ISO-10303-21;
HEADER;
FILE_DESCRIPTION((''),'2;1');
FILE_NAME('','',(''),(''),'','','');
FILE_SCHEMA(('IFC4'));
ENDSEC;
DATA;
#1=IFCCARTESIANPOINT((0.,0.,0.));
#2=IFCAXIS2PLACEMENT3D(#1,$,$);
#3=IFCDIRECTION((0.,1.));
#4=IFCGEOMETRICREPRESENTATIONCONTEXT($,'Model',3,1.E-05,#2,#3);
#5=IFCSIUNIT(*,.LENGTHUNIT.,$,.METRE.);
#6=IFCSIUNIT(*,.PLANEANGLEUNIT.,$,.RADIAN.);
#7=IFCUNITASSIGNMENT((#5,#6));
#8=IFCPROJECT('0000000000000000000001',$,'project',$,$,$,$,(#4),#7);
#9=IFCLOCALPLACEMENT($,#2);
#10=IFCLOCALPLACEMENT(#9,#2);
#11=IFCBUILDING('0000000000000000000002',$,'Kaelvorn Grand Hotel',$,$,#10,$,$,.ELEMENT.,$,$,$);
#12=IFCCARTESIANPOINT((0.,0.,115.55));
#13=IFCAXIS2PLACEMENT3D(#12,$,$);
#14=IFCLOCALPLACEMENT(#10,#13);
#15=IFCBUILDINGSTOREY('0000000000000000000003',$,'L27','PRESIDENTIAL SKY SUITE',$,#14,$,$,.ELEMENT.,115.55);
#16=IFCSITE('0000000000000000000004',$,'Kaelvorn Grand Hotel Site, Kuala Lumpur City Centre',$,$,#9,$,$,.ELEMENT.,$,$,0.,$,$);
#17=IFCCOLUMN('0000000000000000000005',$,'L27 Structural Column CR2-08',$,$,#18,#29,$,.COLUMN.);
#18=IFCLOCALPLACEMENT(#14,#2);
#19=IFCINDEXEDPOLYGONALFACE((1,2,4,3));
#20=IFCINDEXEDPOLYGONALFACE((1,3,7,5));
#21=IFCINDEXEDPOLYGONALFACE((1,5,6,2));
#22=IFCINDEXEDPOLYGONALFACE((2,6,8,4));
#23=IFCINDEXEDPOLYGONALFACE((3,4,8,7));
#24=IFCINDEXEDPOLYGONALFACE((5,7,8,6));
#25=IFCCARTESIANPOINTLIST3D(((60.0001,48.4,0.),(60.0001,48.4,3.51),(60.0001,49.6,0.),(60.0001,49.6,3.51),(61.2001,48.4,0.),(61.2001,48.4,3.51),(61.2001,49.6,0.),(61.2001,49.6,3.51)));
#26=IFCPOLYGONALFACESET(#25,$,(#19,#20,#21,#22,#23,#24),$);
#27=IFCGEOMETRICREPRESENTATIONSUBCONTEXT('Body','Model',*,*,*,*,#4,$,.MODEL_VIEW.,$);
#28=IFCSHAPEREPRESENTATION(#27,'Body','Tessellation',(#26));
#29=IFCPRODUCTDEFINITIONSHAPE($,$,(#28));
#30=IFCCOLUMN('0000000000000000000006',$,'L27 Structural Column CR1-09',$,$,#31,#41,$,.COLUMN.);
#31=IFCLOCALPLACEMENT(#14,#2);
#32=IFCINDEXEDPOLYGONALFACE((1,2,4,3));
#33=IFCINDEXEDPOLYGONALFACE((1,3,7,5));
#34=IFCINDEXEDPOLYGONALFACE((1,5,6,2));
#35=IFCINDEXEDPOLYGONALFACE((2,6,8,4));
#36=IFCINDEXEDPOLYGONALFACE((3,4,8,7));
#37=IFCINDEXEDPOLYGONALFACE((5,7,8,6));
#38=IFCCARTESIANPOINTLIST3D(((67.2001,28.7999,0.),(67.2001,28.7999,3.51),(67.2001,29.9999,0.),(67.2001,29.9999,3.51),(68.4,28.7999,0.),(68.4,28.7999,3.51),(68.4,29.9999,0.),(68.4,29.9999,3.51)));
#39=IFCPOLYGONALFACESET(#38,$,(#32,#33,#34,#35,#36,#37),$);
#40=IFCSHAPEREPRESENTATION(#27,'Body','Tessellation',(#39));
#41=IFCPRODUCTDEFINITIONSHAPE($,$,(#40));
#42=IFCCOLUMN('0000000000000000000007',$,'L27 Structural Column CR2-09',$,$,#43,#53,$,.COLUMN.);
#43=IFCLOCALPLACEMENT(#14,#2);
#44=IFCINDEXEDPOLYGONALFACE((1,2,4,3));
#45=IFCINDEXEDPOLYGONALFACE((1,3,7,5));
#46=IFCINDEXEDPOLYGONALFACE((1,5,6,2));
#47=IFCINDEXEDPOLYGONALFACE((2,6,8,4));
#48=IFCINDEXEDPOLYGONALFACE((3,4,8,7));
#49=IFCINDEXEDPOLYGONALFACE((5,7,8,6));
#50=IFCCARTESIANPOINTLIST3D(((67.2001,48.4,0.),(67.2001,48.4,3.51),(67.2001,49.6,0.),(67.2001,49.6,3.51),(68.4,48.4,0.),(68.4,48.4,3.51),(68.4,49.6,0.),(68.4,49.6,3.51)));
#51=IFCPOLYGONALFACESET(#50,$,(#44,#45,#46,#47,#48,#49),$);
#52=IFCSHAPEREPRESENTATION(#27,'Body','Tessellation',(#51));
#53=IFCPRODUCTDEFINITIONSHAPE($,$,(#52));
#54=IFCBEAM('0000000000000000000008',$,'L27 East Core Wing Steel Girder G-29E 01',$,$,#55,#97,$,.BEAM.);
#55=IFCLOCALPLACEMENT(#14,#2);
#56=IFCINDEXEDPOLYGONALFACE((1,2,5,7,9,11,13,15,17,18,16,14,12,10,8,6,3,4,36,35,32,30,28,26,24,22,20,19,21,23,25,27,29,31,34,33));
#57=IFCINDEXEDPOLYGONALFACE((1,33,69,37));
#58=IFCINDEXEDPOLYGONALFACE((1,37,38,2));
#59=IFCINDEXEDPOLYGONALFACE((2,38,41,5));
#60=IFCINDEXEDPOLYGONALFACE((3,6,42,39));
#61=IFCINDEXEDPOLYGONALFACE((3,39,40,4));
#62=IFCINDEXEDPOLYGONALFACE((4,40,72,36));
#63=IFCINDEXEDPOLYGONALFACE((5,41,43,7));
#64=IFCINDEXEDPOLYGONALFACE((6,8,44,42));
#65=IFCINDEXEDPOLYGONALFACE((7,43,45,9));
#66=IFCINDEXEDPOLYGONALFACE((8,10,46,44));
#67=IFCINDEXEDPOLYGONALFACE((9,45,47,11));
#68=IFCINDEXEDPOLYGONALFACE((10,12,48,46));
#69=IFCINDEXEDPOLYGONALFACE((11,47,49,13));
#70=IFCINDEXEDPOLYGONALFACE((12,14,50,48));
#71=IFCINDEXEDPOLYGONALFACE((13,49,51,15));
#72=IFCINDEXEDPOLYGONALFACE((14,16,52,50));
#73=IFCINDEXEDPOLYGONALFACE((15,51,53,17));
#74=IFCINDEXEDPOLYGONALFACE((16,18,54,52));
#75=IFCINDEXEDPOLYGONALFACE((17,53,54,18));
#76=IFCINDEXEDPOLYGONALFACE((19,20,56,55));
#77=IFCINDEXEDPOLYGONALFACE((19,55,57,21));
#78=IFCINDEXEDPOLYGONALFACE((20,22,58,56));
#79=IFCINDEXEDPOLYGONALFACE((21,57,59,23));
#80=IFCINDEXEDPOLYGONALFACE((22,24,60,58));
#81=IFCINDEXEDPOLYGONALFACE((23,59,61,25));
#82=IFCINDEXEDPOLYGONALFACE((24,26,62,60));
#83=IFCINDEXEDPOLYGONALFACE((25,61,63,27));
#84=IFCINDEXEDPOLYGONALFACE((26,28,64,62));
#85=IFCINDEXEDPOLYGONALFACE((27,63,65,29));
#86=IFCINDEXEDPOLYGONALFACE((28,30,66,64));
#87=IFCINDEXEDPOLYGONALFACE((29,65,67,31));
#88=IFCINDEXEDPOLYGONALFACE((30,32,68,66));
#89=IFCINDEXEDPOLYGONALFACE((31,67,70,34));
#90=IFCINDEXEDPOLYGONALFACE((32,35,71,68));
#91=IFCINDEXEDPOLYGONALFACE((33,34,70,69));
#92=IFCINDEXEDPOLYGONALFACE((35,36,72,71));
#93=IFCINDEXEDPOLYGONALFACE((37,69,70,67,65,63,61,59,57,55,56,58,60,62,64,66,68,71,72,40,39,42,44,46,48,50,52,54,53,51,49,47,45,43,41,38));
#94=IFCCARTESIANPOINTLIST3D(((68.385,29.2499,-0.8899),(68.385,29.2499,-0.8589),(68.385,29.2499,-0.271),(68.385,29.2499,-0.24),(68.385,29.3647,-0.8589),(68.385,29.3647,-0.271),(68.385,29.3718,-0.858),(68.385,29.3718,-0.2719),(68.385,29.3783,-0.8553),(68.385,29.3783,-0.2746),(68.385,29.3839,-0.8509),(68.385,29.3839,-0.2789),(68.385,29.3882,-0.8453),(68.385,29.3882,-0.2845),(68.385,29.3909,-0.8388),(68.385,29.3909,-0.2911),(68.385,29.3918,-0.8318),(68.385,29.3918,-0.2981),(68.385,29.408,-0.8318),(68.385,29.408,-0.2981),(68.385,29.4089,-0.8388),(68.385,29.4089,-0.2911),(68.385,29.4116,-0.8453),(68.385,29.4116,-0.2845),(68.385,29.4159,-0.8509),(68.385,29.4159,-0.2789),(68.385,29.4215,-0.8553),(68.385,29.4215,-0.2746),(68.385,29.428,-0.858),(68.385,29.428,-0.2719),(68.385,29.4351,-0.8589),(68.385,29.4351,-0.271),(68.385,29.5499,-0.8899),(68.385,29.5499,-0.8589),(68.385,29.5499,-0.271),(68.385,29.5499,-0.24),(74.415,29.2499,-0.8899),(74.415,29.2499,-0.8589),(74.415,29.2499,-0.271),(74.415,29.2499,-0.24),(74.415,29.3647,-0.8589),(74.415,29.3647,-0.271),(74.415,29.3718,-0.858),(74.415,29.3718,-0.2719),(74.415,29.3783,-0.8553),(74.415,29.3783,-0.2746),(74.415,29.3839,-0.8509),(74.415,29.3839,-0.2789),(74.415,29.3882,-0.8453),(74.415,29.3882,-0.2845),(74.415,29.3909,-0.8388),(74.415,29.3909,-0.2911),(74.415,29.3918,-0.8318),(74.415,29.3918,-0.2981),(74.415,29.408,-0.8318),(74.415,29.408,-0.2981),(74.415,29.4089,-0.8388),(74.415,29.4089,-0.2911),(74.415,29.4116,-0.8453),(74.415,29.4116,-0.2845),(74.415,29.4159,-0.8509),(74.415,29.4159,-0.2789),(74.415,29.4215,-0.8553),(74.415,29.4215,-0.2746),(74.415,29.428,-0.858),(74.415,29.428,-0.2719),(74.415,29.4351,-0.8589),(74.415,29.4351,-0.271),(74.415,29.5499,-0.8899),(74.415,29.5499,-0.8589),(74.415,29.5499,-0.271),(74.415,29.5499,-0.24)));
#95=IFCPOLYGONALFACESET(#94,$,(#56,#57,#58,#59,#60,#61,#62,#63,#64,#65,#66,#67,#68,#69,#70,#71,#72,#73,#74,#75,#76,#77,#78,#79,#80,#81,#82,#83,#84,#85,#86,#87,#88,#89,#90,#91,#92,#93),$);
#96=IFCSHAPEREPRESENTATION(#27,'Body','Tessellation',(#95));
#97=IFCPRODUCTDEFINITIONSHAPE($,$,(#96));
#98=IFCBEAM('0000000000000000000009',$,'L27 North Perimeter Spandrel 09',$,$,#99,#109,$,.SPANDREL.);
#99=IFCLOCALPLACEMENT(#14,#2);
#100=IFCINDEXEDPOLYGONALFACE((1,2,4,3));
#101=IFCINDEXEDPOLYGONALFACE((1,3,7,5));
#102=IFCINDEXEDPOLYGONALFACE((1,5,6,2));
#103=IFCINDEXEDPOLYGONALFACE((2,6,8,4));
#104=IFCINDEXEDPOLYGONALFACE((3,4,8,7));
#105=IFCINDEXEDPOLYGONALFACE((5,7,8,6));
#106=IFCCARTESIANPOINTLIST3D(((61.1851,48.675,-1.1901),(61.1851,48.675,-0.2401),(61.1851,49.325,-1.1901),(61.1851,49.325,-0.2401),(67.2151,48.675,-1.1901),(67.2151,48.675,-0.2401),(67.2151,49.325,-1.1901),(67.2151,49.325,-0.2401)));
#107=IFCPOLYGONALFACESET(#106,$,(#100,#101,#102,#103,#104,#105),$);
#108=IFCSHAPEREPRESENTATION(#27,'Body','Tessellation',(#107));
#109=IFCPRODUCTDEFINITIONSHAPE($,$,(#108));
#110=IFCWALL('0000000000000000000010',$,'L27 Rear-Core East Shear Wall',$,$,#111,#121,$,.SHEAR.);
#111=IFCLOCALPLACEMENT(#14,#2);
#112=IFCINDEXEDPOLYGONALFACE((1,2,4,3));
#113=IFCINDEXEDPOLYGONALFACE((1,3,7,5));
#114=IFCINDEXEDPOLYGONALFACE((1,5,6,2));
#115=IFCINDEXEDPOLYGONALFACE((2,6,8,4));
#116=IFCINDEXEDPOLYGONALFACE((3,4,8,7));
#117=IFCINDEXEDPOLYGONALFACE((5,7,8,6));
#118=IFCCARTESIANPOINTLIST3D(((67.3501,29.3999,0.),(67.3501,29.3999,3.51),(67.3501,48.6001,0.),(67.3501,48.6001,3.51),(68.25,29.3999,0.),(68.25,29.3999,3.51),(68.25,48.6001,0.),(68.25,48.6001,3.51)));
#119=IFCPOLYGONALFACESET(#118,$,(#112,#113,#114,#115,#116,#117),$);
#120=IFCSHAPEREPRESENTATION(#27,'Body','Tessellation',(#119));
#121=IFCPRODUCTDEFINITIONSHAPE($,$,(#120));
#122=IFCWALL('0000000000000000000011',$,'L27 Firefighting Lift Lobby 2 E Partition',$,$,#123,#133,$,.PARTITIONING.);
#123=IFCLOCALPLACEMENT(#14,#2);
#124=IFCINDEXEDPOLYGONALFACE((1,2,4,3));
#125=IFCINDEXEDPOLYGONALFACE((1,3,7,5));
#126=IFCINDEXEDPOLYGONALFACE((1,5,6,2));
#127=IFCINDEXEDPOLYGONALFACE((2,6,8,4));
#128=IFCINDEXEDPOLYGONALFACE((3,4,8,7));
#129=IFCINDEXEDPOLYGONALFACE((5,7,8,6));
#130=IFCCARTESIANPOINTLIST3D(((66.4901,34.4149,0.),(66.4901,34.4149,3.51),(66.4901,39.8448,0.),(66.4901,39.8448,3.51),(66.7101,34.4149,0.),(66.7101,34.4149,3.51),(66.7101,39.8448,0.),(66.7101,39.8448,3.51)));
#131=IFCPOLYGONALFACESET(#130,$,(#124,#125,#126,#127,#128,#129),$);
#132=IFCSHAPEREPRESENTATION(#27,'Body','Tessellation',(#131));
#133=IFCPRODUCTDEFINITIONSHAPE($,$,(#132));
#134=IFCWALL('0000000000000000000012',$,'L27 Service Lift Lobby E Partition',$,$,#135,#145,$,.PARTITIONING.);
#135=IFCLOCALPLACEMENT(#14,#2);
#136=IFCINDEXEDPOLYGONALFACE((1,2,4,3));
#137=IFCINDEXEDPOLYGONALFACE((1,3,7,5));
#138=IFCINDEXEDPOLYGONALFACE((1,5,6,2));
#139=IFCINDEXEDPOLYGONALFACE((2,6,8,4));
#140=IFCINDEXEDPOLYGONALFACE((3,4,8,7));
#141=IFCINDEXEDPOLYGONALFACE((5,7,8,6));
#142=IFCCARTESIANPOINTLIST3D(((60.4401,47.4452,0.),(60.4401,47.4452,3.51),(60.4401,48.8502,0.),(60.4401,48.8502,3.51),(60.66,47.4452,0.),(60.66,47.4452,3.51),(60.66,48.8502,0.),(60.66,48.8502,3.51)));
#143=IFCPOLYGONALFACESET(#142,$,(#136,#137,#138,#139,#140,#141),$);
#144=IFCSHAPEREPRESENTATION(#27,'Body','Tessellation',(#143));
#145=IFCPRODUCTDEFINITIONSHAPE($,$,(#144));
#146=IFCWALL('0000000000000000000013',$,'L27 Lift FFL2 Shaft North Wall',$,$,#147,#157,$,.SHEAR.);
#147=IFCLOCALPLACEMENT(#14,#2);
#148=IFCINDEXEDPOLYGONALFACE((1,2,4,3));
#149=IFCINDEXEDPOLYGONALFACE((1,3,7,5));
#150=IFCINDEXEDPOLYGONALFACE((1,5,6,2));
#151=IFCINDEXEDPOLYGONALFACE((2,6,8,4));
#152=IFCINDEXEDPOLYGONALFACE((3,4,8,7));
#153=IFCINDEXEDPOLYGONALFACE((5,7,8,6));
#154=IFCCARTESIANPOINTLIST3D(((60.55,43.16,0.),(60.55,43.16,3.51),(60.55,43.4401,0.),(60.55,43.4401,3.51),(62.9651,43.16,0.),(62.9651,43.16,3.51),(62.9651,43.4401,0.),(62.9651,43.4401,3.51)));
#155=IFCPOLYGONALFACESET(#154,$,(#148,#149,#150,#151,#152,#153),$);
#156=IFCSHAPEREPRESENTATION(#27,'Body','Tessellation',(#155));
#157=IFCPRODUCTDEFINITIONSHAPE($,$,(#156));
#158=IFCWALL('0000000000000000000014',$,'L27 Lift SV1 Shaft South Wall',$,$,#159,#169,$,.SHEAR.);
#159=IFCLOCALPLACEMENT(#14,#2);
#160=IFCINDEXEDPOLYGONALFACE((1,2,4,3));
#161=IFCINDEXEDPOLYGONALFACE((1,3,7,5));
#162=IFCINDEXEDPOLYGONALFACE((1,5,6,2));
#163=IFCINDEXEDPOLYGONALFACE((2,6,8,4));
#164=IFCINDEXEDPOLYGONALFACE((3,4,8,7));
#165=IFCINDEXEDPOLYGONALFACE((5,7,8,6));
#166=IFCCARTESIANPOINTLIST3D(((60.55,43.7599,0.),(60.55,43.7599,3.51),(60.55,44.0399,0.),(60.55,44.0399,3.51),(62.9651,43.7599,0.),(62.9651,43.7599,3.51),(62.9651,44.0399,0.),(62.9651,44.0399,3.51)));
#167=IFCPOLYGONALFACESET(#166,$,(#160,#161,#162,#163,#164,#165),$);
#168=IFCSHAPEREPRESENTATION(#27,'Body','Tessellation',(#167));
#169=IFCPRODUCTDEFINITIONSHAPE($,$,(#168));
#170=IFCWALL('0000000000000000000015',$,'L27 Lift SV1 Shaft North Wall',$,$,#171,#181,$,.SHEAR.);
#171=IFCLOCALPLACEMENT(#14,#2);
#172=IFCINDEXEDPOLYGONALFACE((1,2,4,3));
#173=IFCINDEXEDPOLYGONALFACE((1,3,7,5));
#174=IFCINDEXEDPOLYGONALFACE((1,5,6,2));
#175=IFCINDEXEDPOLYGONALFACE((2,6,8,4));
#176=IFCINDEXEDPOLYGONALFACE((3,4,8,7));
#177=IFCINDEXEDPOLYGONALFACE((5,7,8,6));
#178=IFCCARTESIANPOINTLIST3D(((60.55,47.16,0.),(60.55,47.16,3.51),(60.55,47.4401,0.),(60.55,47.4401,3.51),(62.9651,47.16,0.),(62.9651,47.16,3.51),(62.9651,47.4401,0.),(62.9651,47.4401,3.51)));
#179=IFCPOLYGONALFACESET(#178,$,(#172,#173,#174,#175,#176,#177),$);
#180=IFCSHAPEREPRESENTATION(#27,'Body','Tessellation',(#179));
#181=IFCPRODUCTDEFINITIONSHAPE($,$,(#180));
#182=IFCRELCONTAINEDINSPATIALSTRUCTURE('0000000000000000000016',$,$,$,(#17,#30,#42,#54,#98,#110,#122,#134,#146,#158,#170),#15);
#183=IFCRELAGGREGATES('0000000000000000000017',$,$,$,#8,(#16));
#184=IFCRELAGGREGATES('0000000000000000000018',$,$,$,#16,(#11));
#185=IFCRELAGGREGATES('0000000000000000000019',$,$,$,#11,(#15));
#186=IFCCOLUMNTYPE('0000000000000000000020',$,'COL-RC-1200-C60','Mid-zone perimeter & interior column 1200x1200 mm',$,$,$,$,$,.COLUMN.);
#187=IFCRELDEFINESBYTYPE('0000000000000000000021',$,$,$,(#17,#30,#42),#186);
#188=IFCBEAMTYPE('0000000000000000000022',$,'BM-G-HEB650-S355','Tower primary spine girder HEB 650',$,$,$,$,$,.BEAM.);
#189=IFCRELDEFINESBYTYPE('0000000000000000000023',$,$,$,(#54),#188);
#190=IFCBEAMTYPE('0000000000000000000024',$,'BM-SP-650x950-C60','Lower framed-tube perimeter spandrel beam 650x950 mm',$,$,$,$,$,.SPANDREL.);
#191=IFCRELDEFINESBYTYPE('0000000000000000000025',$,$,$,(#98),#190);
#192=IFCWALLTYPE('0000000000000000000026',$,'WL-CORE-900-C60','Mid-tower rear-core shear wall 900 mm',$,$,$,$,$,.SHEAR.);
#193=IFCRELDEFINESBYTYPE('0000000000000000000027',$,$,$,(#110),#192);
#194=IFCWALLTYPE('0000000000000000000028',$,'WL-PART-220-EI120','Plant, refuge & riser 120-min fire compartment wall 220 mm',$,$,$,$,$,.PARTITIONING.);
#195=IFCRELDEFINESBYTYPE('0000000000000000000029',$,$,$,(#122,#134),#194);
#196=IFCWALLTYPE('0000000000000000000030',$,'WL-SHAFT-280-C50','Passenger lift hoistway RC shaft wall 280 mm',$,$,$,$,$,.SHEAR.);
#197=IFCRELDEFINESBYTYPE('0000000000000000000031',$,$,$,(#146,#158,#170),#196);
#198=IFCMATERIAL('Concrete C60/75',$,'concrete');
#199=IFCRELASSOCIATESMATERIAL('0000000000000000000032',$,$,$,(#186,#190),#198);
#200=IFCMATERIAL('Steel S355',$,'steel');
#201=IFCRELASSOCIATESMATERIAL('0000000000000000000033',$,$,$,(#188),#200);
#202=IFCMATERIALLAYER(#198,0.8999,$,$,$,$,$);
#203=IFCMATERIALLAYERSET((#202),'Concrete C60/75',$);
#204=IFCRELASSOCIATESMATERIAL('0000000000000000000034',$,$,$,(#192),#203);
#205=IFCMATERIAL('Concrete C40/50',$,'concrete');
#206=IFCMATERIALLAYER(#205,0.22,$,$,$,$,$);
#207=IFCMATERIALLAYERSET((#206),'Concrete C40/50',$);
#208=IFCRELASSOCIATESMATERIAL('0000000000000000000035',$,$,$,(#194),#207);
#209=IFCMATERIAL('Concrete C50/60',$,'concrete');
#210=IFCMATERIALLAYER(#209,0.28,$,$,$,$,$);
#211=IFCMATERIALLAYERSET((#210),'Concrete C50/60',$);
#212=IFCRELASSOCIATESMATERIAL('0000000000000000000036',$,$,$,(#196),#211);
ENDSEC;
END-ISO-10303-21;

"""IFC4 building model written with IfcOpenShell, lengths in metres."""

from ifc_helpers import new_model, si_unit, direction, frame, frame_2d, origin, origin_2d, place, context, subcontext, project, spatial, rectangle, i_section, extrude, material, layer, layer_set, material_profile, profile_set, type_object, element, save


model = new_model("IFC4")

# Units and contexts
model_context = context("Model", 3, precision=1e-05, world=origin(), true_north=direction((0.0, 1.0)))
body_context = subcontext(model_context, "Body", "Model", "MODEL_VIEW")
ifc_project = project(units=[si_unit("LENGTHUNIT", "METRE"), si_unit("PLANEANGLEUNIT", "RADIAN")], contexts=[model_context])

# Site, building, storey
site_placement = place(None, origin())
site = spatial("IfcSite", under=ifc_project, at=site_placement, Name="Kaelvorn Grand Hotel Site, Kuala Lumpur City Centre", CompositionType="ELEMENT", RefElevation=0.0)
building_placement = place(site_placement, origin())
building = spatial("IfcBuilding", under=site, at=building_placement, Name="Kaelvorn Grand Hotel", CompositionType="ELEMENT")
storey_placement = place(building_placement, frame((0.0, 0.0, 115.55)))
storey = spatial("IfcBuildingStorey", under=building, at=storey_placement, Name="L27", Description="PRESIDENTIAL SKY SUITE", CompositionType="ELEMENT", Elevation=115.55)

# Columns
ifc_material_1 = material(Name="Concrete C60/75", Category="concrete")
ifc_material_profile_1 = material_profile(ifc_material_1, rectangle(XDim=1.2, YDim=1.2, at=origin_2d()), Name="RC COL 1200x1200")
ifc_profile_set_1 = profile_set([ifc_material_profile_1], Name="Concrete C60/75")
column_type = type_object("IfcColumnType", Name="COL-RC-1200-C60", Description="Mid-zone perimeter & interior column 1200x1200 mm", PredefinedType="COLUMN", material=ifc_profile_set_1)
for number, where, z_axis, x_axis, name in (
    (1, (60.6001, 49.0, 0.0), (0.0, 0.0, 1.0), (1.0, 0.0, 0.0), "L27 Structural Column CR2-08"),
    (2, (67.8, 29.3999, 0.0), (0.0, 0.0, 1.0), (1.0, 0.0, 0.0), "L27 Structural Column CR1-09"),
    (3, (67.8, 49.0, 0.0), (0.0, 0.0, 1.0), (1.0, 0.0, 0.0), "L27 Structural Column CR2-09"),
):
    element("IfcColumn", number, at=place(storey_placement, frame(where, z_axis=z_axis, x_axis=x_axis)), inside=storey, type_object=column_type, Name=name, PredefinedType="COLUMN", context=body_context, shape_type="SweptSolid", body=[
        extrude(rectangle(XDim=1.2, YDim=1.2, at=origin_2d()), origin(), (0.0, 0.0, 1.0), 3.51),
    ])

# Beams
ifc_material_2 = material(Name="Steel S355", Category="steel")
ifc_material_profile_2 = material_profile(ifc_material_2, i_section(OverallWidth=0.3, OverallDepth=0.6499, WebThickness=0.0161, FlangeThickness=0.031, FilletRadius=0.0271, at=origin_2d()), Name="HEB 650")
ifc_profile_set_2 = profile_set([ifc_material_profile_2], Name="Steel S355")
beam_type_1 = type_object("IfcBeamType", Name="BM-G-HEB650-S355", Description="Tower primary spine girder HEB 650", PredefinedType="BEAM", material=ifc_profile_set_2)
beam_1_placement = place(storey_placement, frame((68.385, 29.3999, -0.5649), z_axis=(1.0, 0.0, 0.0), x_axis=(0.0, 1.0, 0.0)))
element("IfcBeam", 4, at=beam_1_placement, inside=storey, type_object=beam_type_1, Name="L27 East Core Wing Steel Girder G-29E 01", PredefinedType="BEAM", context=body_context, shape_type="SweptSolid", body=[
    extrude(i_section(OverallWidth=0.3, OverallDepth=0.6499, WebThickness=0.0161, FlangeThickness=0.031, FilletRadius=0.0271, at=origin_2d()), origin(), (0.0, 0.0, 1.0), 6.03),
])
ifc_material_profile_3 = material_profile(ifc_material_1, rectangle(XDim=0.6499, YDim=0.95, at=origin_2d()), Name="RC SPANDREL 650x950")
ifc_profile_set_3 = profile_set([ifc_material_profile_3], Name="Concrete C60/75")
beam_type_2 = type_object("IfcBeamType", Name="BM-SP-650x950-C60", Description="Lower framed-tube perimeter spandrel beam 650x950 mm", PredefinedType="SPANDREL", material=ifc_profile_set_3)
beam_2_placement = place(storey_placement, frame((61.1851, 49.0, -0.7151), z_axis=(1.0, 0.0, 0.0), x_axis=(0.0, 1.0, 0.0)))
element("IfcBeam", 5, at=beam_2_placement, inside=storey, type_object=beam_type_2, Name="L27 North Perimeter Spandrel 09", PredefinedType="SPANDREL", context=body_context, shape_type="SweptSolid", body=[
    extrude(rectangle(XDim=0.6499, YDim=0.95, at=origin_2d()), origin(), (0.0, 0.0, 1.0), 6.03),
])

# Walls
ifc_layer_1 = layer(ifc_material_1, 0.8999)
ifc_layer_set_1 = layer_set([ifc_layer_1], Name="Concrete C60/75")
wall_type_1 = type_object("IfcWallType", Name="WL-CORE-900-C60", Description="Mid-tower rear-core shear wall 900 mm", PredefinedType="SHEAR", material=ifc_layer_set_1)
wall_1_placement = place(storey_placement, frame((67.8, 29.3999, 0.0), z_axis=(0.0, 0.0, 1.0), x_axis=(0.0, 1.0, 0.0)))
element("IfcWall", 6, at=wall_1_placement, inside=storey, type_object=wall_type_1, Name="L27 Rear-Core East Shear Wall", PredefinedType="SHEAR", context=body_context, shape_type="SweptSolid", body=[
    extrude(rectangle(XDim=19.2002, YDim=0.8999, at=frame_2d((9.6001, 0.0))), origin(), (0.0, 0.0, 1.0), 3.51),
])
ifc_material_3 = material(Name="Concrete C40/50", Category="concrete")
ifc_layer_2 = layer(ifc_material_3, 0.22)
ifc_layer_set_2 = layer_set([ifc_layer_2], Name="Concrete C40/50")
wall_type_2 = type_object("IfcWallType", Name="WL-PART-220-EI120", Description="Plant, refuge & riser 120-min fire compartment wall 220 mm", PredefinedType="PARTITIONING", material=ifc_layer_set_2)
wall_2_placement = place(storey_placement, frame((66.6001, 34.415, 0.0), z_axis=(0.0, 0.0, 1.0), x_axis=(0.0, 1.0, 0.0)))
element("IfcWall", 7, at=wall_2_placement, inside=storey, type_object=wall_type_2, Name="L27 Firefighting Lift Lobby 2 E Partition", PredefinedType="PARTITIONING", context=body_context, shape_type="SweptSolid", body=[
    extrude(rectangle(XDim=5.4299, YDim=0.22, at=frame_2d((2.7148, 0.0))), origin(), (0.0, 0.0, 1.0), 3.51),
])
wall_3_placement = place(storey_placement, frame((60.55, 47.4451, 0.0), z_axis=(0.0, 0.0, 1.0), x_axis=(0.0, 1.0, 0.0)))
element("IfcWall", 8, at=wall_3_placement, inside=storey, type_object=wall_type_2, Name="L27 Service Lift Lobby E Partition", PredefinedType="PARTITIONING", context=body_context, shape_type="SweptSolid", body=[
    extrude(rectangle(XDim=1.405, YDim=0.22, at=frame_2d((0.7026, 0.0))), origin(), (0.0, 0.0, 1.0), 3.51),
])
ifc_material_4 = material(Name="Concrete C50/60", Category="concrete")
ifc_layer_3 = layer(ifc_material_4, 0.28)
ifc_layer_set_3 = layer_set([ifc_layer_3], Name="Concrete C50/60")
wall_type_3 = type_object("IfcWallType", Name="WL-SHAFT-280-C50", Description="Passenger lift hoistway RC shaft wall 280 mm", PredefinedType="SHEAR", material=ifc_layer_set_3)
for number, where, z_axis, x_axis, name in (
    (9, (60.55, 43.3, 0.0), (0.0, 0.0, 1.0), (1.0, 0.0, 0.0), "L27 Lift FFL2 Shaft North Wall"),
    (10, (60.55, 43.8999, 0.0), (0.0, 0.0, 1.0), (1.0, 0.0, 0.0), "L27 Lift SV1 Shaft South Wall"),
    (11, (60.55, 47.3, 0.0), (0.0, 0.0, 1.0), (1.0, 0.0, 0.0), "L27 Lift SV1 Shaft North Wall"),
):
    element("IfcWall", number, at=place(storey_placement, frame(where, z_axis=z_axis, x_axis=x_axis)), inside=storey, type_object=wall_type_3, Name=name, PredefinedType="SHEAR", context=body_context, shape_type="SweptSolid", body=[
        extrude(rectangle(XDim=2.415, YDim=0.28, at=frame_2d((1.2075, 0.0))), origin(), (0.0, 0.0, 1.0), 3.51),
    ])

save(model, "model.ifc")
